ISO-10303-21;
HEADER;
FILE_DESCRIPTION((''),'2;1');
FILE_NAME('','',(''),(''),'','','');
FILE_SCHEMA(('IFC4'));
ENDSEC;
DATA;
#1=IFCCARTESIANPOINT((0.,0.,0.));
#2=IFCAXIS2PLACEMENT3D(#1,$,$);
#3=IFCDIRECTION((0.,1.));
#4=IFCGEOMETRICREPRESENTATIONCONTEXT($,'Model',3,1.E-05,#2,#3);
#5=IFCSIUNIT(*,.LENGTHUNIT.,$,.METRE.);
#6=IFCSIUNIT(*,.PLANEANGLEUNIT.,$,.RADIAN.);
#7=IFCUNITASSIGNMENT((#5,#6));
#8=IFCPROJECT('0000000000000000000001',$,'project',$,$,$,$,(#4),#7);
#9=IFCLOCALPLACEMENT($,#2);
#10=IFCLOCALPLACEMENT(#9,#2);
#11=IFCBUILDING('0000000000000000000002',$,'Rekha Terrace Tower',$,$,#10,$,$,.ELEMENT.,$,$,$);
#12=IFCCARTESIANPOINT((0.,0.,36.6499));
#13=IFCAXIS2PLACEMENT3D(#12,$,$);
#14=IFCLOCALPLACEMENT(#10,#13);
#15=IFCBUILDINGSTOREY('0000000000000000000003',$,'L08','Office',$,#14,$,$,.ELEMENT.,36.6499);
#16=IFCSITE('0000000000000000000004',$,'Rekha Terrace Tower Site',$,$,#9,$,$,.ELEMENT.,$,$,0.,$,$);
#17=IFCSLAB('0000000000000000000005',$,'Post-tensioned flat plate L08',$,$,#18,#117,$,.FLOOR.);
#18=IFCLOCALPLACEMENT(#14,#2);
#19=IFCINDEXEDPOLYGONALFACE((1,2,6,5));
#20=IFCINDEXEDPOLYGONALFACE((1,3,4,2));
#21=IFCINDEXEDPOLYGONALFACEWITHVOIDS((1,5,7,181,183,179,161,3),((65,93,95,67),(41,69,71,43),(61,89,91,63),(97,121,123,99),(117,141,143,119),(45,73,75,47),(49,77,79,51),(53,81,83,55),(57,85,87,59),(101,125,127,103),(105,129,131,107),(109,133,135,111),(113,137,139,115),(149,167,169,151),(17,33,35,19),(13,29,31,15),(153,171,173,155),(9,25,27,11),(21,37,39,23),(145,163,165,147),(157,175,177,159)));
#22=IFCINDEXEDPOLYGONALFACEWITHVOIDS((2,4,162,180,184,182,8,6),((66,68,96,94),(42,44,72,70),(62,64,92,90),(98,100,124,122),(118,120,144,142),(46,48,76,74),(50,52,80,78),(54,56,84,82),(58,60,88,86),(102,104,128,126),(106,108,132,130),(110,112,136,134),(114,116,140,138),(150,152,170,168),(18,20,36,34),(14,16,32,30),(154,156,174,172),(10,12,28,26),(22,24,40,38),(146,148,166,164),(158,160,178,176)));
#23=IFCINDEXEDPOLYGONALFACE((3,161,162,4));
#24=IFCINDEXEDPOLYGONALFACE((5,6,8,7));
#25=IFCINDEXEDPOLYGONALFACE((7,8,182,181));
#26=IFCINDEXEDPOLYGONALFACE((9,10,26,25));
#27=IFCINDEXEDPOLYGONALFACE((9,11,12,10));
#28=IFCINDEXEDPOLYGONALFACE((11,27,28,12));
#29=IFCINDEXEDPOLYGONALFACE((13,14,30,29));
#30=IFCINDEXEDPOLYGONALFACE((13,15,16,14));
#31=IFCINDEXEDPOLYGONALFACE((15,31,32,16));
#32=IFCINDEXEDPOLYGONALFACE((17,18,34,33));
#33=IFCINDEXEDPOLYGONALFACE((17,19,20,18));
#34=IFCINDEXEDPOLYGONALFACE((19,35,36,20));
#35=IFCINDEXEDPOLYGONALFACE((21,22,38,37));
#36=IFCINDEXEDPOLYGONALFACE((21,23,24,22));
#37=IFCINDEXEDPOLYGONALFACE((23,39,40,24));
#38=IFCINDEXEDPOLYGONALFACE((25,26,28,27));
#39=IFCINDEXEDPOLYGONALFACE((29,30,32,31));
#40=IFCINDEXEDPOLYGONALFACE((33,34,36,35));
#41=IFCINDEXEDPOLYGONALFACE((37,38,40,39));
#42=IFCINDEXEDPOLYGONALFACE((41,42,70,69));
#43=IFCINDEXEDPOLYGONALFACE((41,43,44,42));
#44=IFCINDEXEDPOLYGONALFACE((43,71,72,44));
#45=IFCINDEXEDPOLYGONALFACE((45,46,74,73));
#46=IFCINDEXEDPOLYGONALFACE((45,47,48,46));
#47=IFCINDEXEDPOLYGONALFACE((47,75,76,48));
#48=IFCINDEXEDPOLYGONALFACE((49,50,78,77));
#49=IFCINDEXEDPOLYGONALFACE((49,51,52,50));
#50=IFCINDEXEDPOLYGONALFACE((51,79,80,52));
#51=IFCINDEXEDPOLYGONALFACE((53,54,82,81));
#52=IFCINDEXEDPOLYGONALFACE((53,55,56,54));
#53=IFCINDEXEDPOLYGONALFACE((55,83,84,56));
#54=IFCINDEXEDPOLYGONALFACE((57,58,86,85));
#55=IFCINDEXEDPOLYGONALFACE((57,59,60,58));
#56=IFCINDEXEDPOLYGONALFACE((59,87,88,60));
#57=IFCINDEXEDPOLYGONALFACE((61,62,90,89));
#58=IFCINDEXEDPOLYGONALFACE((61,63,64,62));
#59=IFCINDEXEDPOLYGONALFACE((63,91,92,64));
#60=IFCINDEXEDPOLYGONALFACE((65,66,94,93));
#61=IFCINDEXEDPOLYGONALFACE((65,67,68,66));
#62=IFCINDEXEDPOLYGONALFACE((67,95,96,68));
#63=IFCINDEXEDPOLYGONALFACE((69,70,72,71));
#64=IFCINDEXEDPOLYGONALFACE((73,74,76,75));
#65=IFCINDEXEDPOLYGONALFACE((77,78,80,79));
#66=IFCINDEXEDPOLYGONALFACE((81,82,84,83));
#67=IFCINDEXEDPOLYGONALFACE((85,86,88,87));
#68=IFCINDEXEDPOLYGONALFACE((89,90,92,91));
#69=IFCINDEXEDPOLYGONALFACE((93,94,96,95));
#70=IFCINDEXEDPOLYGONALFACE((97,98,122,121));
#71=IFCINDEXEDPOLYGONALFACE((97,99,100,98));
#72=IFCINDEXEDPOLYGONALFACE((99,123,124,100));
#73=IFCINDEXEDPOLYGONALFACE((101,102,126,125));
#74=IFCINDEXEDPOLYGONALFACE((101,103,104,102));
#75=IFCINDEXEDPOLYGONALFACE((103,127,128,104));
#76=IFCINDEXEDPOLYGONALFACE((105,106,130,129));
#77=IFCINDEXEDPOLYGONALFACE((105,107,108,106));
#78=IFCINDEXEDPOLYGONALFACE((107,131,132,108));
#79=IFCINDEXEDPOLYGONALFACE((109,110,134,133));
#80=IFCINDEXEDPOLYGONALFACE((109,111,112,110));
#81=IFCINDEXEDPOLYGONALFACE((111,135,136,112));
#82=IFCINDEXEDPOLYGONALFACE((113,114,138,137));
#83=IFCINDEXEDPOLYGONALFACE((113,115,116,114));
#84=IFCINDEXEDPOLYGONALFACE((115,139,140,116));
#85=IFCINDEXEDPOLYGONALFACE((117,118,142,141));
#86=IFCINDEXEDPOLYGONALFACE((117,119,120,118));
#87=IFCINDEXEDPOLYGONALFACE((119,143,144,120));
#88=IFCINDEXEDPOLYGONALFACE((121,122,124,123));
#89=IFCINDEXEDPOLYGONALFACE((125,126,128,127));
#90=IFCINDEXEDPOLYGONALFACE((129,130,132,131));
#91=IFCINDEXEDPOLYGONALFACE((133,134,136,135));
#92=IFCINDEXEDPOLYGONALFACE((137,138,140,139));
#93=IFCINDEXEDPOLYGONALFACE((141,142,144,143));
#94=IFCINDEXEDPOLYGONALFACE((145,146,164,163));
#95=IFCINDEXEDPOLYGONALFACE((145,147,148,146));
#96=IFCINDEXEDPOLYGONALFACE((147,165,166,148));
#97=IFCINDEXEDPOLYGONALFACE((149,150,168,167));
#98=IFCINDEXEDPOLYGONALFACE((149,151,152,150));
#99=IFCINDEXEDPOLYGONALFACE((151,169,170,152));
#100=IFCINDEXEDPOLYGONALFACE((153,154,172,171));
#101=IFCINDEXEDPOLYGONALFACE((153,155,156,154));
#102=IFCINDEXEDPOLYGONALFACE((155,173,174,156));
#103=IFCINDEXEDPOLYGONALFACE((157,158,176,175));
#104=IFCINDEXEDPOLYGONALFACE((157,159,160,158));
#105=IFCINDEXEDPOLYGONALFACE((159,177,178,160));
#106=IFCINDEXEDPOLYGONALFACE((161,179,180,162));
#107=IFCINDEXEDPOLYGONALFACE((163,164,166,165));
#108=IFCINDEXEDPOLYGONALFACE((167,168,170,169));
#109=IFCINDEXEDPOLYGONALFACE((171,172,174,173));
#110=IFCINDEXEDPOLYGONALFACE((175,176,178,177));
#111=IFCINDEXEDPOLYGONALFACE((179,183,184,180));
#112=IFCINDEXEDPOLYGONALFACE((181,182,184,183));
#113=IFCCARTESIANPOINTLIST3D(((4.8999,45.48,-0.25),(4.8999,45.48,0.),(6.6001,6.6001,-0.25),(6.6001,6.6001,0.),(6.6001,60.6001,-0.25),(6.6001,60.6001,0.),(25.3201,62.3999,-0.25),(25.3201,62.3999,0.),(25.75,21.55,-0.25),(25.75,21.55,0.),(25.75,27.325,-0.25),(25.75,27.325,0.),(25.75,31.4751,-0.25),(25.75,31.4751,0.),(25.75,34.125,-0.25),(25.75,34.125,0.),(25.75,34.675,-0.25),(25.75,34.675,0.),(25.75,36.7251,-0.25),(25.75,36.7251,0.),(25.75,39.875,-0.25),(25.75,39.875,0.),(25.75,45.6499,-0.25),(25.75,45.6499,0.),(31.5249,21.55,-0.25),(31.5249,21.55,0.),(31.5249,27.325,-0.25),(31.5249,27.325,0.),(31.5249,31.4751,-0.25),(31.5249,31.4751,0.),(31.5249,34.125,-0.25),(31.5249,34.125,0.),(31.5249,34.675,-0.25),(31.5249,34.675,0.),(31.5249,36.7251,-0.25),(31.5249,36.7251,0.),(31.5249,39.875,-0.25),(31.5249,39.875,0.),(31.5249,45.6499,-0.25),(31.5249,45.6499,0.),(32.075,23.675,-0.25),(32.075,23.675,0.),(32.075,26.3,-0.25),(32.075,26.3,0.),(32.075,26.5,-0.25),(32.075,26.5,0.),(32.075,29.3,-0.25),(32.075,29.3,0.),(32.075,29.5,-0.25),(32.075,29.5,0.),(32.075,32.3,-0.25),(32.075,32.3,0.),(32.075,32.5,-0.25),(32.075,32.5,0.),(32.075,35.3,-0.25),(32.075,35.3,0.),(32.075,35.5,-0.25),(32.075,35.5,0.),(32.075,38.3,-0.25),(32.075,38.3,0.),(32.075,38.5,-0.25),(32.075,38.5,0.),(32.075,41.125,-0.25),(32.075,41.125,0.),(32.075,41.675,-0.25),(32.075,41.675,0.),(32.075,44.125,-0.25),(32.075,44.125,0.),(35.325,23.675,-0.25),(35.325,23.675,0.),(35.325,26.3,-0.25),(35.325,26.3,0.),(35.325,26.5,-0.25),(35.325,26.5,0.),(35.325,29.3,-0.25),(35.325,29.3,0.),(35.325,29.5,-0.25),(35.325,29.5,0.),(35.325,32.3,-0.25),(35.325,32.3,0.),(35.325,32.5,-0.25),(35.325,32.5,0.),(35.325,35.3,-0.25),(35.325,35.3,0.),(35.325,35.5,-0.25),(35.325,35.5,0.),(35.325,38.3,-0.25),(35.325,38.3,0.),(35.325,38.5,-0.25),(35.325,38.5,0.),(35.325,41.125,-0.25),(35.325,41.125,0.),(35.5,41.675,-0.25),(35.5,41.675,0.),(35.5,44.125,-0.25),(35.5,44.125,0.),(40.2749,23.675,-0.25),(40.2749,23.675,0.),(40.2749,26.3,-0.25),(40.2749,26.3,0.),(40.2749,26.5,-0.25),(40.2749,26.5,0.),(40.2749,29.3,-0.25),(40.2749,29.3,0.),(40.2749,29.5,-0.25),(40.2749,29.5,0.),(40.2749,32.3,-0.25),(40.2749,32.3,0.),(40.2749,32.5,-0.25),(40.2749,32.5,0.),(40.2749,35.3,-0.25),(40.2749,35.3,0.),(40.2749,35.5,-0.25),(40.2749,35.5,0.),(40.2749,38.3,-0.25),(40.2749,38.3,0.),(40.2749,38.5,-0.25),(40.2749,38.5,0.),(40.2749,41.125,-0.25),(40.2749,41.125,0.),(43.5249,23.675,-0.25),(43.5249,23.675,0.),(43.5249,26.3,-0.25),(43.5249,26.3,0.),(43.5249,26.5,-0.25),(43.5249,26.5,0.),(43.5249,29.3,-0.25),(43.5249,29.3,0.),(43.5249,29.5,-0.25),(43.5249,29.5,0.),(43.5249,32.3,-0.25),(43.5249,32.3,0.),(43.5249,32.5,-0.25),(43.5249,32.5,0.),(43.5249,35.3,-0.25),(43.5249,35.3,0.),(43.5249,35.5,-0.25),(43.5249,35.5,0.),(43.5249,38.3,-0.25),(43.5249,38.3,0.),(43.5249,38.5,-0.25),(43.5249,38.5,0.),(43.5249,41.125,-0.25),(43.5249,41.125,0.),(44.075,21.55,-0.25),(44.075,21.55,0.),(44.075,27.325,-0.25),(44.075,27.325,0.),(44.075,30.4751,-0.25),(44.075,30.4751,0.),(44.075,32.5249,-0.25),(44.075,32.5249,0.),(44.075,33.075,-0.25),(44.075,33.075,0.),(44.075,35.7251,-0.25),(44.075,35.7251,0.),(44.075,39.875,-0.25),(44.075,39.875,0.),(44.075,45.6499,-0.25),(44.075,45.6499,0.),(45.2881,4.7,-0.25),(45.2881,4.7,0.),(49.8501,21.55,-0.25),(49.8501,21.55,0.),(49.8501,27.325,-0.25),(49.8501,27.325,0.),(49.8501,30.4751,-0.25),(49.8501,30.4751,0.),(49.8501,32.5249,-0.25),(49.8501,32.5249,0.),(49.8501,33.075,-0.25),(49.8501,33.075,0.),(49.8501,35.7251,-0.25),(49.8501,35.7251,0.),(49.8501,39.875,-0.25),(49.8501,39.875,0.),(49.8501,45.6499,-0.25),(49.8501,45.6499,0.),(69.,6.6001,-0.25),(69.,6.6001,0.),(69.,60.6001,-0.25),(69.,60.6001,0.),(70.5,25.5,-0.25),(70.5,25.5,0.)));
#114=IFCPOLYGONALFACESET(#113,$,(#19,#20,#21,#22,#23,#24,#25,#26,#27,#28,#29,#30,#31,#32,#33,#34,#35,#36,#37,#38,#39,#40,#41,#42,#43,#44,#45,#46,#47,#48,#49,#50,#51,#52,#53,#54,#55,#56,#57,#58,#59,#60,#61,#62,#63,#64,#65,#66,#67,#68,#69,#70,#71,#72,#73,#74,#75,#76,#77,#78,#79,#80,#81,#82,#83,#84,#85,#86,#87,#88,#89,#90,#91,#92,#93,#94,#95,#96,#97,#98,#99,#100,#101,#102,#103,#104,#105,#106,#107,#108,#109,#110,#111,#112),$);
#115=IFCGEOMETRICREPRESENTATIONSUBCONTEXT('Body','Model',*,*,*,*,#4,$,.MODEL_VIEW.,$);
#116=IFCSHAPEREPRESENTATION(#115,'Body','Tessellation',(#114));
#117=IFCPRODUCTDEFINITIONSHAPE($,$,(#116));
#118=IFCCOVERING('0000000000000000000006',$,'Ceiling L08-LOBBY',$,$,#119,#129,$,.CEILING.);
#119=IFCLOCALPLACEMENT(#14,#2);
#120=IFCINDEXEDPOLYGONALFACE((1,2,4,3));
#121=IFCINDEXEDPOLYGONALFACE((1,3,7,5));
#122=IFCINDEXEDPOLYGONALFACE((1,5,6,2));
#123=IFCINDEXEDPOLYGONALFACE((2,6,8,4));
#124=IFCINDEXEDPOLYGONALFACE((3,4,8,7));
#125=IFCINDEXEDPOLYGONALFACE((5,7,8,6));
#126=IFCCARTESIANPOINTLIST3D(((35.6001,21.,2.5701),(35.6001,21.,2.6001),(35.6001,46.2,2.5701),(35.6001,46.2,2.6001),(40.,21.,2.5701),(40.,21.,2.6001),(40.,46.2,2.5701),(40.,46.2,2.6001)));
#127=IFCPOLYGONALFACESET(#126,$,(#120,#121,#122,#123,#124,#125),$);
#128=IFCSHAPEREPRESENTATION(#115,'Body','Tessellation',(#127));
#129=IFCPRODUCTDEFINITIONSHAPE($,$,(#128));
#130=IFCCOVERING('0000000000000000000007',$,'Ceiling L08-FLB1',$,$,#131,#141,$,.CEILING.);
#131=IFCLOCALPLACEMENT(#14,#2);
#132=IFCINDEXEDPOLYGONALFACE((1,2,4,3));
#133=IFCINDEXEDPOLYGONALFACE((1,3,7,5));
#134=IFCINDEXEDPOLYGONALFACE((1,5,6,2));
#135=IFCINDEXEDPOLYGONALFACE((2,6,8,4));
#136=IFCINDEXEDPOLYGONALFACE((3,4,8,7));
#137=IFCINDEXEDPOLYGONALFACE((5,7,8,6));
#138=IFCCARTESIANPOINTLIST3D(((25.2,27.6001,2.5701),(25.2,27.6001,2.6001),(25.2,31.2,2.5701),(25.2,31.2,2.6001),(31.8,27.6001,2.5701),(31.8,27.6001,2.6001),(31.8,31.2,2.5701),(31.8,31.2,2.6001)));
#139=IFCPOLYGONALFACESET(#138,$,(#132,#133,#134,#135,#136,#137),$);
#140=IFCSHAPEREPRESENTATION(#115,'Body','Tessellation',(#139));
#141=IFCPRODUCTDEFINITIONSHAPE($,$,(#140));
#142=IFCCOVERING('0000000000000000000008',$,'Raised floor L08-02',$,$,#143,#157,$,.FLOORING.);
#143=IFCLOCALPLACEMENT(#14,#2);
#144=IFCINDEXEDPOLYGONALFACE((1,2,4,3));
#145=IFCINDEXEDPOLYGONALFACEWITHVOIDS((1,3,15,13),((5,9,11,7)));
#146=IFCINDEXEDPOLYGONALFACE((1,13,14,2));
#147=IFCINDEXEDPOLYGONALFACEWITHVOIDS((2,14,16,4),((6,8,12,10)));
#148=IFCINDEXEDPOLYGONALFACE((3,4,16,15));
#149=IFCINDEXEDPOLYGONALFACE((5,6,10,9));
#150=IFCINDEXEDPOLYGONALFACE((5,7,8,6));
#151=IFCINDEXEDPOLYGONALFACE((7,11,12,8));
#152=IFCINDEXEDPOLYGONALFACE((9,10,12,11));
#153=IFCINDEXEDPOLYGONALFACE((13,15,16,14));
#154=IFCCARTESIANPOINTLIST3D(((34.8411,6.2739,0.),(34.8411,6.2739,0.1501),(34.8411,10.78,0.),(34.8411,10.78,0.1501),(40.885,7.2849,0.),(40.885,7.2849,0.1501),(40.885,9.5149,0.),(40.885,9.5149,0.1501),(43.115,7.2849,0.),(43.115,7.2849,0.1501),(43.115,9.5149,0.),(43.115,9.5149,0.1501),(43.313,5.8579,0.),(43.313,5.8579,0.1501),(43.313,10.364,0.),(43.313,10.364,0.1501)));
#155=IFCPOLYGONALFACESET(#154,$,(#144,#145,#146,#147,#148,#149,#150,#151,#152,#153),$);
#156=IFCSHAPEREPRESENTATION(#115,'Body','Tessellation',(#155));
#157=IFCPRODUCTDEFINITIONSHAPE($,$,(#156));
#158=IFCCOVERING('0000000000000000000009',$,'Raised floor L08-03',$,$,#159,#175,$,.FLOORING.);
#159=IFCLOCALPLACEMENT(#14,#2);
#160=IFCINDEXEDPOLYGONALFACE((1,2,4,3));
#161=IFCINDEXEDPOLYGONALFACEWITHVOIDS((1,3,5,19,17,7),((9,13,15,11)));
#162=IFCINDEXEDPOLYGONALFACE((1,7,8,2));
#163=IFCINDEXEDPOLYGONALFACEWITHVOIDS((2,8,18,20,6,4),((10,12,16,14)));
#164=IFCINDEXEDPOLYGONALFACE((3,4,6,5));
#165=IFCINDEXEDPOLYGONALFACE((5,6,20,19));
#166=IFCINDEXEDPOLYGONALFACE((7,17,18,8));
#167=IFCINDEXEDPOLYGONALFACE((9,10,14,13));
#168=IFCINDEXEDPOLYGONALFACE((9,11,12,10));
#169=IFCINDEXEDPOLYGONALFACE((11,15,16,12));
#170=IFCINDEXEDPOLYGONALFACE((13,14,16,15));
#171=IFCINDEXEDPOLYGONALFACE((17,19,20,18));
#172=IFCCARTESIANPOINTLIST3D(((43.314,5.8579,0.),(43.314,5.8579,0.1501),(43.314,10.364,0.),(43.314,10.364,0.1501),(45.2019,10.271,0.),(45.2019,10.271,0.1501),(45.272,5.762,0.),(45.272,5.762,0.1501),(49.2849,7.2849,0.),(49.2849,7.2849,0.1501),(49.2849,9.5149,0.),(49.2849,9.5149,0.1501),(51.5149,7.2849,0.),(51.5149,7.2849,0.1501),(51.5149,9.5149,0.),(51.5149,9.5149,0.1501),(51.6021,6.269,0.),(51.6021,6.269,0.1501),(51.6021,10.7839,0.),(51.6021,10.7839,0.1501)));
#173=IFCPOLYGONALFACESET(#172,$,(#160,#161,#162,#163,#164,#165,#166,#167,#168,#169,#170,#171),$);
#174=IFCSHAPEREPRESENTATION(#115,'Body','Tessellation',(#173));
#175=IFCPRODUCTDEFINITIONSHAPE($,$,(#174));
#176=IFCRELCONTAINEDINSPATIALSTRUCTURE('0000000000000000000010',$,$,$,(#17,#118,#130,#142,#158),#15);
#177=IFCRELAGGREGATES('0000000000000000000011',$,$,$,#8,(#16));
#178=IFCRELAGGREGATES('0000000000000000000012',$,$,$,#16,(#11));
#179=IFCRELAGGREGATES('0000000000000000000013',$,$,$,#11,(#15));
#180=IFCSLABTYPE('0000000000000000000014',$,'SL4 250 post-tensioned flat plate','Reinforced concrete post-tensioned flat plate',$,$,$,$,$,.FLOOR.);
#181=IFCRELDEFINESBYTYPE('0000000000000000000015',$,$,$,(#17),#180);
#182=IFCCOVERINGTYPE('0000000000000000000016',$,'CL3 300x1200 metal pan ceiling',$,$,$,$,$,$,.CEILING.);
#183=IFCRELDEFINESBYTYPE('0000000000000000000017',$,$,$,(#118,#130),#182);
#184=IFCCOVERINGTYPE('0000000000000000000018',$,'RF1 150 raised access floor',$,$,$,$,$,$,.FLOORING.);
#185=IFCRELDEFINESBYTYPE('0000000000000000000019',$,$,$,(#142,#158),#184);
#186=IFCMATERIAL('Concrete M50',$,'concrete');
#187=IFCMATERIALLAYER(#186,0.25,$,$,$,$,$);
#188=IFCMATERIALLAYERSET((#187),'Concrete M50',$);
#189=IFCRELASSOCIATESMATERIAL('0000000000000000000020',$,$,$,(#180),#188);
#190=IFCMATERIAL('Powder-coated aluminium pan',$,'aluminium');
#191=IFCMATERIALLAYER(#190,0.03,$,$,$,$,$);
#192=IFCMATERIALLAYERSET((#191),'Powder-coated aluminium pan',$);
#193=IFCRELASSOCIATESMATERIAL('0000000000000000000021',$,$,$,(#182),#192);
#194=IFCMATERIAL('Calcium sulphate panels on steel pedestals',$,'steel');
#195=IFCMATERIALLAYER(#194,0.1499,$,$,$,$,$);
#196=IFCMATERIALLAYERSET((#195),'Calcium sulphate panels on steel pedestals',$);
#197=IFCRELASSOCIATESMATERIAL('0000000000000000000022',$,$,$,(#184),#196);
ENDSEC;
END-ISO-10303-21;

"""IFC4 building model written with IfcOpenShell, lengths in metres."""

from ifc_helpers import new_model, si_unit, direction, frame, origin, place, context, subcontext, project, spatial, polyline, outline, extrude, material, layer, layer_set, type_object, element, save


model = new_model("IFC4")

# Units and contexts
model_context = context("Model", 3, precision=1e-05, world=origin(), true_north=direction((0.0, 1.0)))
body_context = subcontext(model_context, "Body", "Model", "MODEL_VIEW")
ifc_project = project(units=[si_unit("LENGTHUNIT", "METRE"), si_unit("PLANEANGLEUNIT", "RADIAN")], contexts=[model_context])

# Site, building, storey
site_placement = place(None, origin())
site = spatial("IfcSite", under=ifc_project, at=site_placement, Name="Rekha Terrace Tower Site", CompositionType="ELEMENT", RefElevation=0.0)
building_placement = place(site_placement, origin())
building = spatial("IfcBuilding", under=site, at=building_placement, Name="Rekha Terrace Tower", CompositionType="ELEMENT")
storey_placement = place(building_placement, frame((0.0, 0.0, 36.6499)))
storey = spatial("IfcBuildingStorey", under=building, at=storey_placement, Name="L08", Description="Office", CompositionType="ELEMENT", Elevation=36.6499)

# Slab
ifc_material_1 = material(Name="Concrete M50", Category="concrete")
ifc_layer_1 = layer(ifc_material_1, 0.25)
ifc_layer_set_1 = layer_set([ifc_layer_1], Name="Concrete M50")
slab_type_1 = type_object("IfcSlabType", Name="SL4 250 post-tensioned flat plate", Description="Reinforced concrete post-tensioned flat plate", PredefinedType="FLOOR", material=ifc_layer_set_1)
slab_1_placement = place(storey_placement, frame((0.0, 0.0, -0.25)))
element("IfcSlab", 1, at=slab_1_placement, inside=storey, type_object=slab_type_1, Name="Post-tensioned flat plate L08", PredefinedType="FLOOR", context=body_context, shape_type="SweptSolid", body=[
    extrude(outline(polyline([(4.8999, 45.48), (6.6001, 6.6001), (45.2881, 4.7), (69.0, 6.6001), (70.5, 25.5), (69.0, 60.6001), (25.3201, 62.3999), (6.6001, 60.6001), (4.8999, 45.48)]), holes=[polyline([(31.5249, 27.325), (31.5249, 21.55), (25.75, 21.55), (25.75, 27.325), (31.5249, 27.325)]), polyline([(35.325, 26.3), (35.325, 23.675), (32.075, 23.675), (32.075, 26.3), (35.325, 26.3)]), polyline([(35.325, 29.3), (35.325, 26.5), (32.075, 26.5), (32.075, 29.3), (35.325, 29.3)]), polyline([(35.325, 29.5), (32.075, 29.5), (32.075, 32.3), (35.325, 32.3), (35.325, 29.5)]), polyline([(31.5249, 31.4751), (25.75, 31.4751), (25.75, 34.125), (31.5249, 34.125), (31.5249, 31.4751)]), polyline([(35.325, 35.3), (35.325, 32.5), (32.075, 32.5), (32.075, 35.3), (35.325, 35.3)]), polyline([(31.5249, 36.7251), (31.5249, 34.675), (25.75, 34.675), (25.75, 36.7251), (31.5249, 36.7251)]), polyline([(35.325, 38.3), (35.325, 35.5), (32.075, 35.5), (32.075, 38.3), (35.325, 38.3)]), polyline([(35.325, 38.5), (32.075, 38.5), (32.075, 41.125), (35.325, 41.125), (35.325, 38.5)]), polyline([(31.5249, 39.875), (25.75, 39.875), (25.75, 45.6499), (31.5249, 45.6499), (31.5249, 39.875)]), polyline([(35.5, 44.125), (35.5, 41.675), (32.075, 41.675), (32.075, 44.125), (35.5, 44.125)]), polyline([(49.8501, 27.325), (49.8501, 21.55), (44.075, 21.55), (44.075, 27.325), (49.8501, 27.325)]), polyline([(43.5249, 26.3), (43.5249, 23.675), (40.2749, 23.675), (40.2749, 26.3), (43.5249, 26.3)]), polyline([(43.5249, 26.5), (40.2749, 26.5), (40.2749, 29.3), (43.5249, 29.3), (43.5249, 26.5)]), polyline([(43.5249, 29.5), (40.2749, 29.5), (40.2749, 32.3), (43.5249, 32.3), (43.5249, 29.5)]), polyline([(49.8501, 32.5249), (49.8501, 30.4751), (44.075, 30.4751), (44.075, 32.5249), (49.8501, 32.5249)]), polyline([(43.5249, 32.5), (40.2749, 32.5), (40.2749, 35.3), (43.5249, 35.3), (43.5249, 32.5)]), polyline([(49.8501, 33.075), (44.075, 33.075), (44.075, 35.7251), (49.8501, 35.7251), (49.8501, 33.075)]), polyline([(43.5249, 38.3), (43.5249, 35.5), (40.2749, 35.5), (40.2749, 38.3), (43.5249, 38.3)]), polyline([(43.5249, 38.5), (40.2749, 38.5), (40.2749, 41.125), (43.5249, 41.125), (43.5249, 38.5)]), polyline([(49.8501, 39.875), (44.075, 39.875), (44.075, 45.6499), (49.8501, 45.6499), (49.8501, 39.875)])]), origin(), (0.0, 0.0, 1.0), 0.25),
])

# Coverings
ifc_material_2 = material(Name="Powder-coated aluminium pan", Category="aluminium")
ifc_layer_2 = layer(ifc_material_2, 0.03)
ifc_layer_set_2 = layer_set([ifc_layer_2], Name="Powder-coated aluminium pan")
covering_type_1 = type_object("IfcCoveringType", Name="CL3 300x1200 metal pan ceiling", PredefinedType="CEILING", material=ifc_layer_set_2)
covering_1_placement = place(storey_placement, frame((0.0, 0.0, 2.5701)))
element("IfcCovering", 2, at=covering_1_placement, inside=storey, type_object=covering_type_1, Name="Ceiling L08-LOBBY", PredefinedType="CEILING", context=body_context, shape_type="SweptSolid", body=[
    extrude(outline(polyline([(40.0, 46.2), (35.6001, 46.2), (35.6001, 21.0), (40.0, 21.0), (40.0, 46.2)])), origin(), (0.0, 0.0, 1.0), 0.03),
])
covering_2_placement = place(storey_placement, frame((0.0, 0.0, 2.5701)))
element("IfcCovering", 3, at=covering_2_placement, inside=storey, type_object=covering_type_1, Name="Ceiling L08-FLB1", PredefinedType="CEILING", context=body_context, shape_type="SweptSolid", body=[
    extrude(outline(polyline([(31.8, 31.2), (25.2, 31.2), (25.2, 27.6001), (31.8, 27.6001), (31.8, 31.2)])), origin(), (0.0, 0.0, 1.0), 0.03),
])
ifc_material_3 = material(Name="Calcium sulphate panels on steel pedestals", Category="steel")
ifc_layer_3 = layer(ifc_material_3, 0.1499)
ifc_layer_set_3 = layer_set([ifc_layer_3], Name="Calcium sulphate panels on steel pedestals")
covering_type_2 = type_object("IfcCoveringType", Name="RF1 150 raised access floor", PredefinedType="FLOORING", material=ifc_layer_set_3)
covering_3_placement = place(storey_placement, origin())
element("IfcCovering", 4, at=covering_3_placement, inside=storey, type_object=covering_type_2, Name="Raised floor L08-02", PredefinedType="FLOORING", context=body_context, shape_type="SweptSolid", body=[
    extrude(outline(polyline([(43.313, 5.8579), (43.313, 10.364), (34.8411, 10.78), (34.8411, 6.2739), (43.313, 5.8579)]), holes=[polyline([(43.115, 7.2849), (40.885, 7.2849), (40.885, 9.5149), (43.115, 9.5149), (43.115, 7.2849)])]), origin(), (0.0, 0.0, 1.0), 0.1501),
])
covering_4_placement = place(storey_placement, origin())
element("IfcCovering", 5, at=covering_4_placement, inside=storey, type_object=covering_type_2, Name="Raised floor L08-03", PredefinedType="FLOORING", context=body_context, shape_type="SweptSolid", body=[
    extrude(outline(polyline([(45.2019, 10.271), (43.314, 10.364), (43.314, 5.8579), (45.272, 5.762), (51.6021, 6.269), (51.6021, 10.7839), (45.2019, 10.271)]), holes=[polyline([(51.5149, 7.2849), (49.2849, 7.2849), (49.2849, 9.5149), (51.5149, 9.5149), (51.5149, 7.2849)])]), origin(), (0.0, 0.0, 1.0), 0.1501),
])

save(model, "model.ifc")
